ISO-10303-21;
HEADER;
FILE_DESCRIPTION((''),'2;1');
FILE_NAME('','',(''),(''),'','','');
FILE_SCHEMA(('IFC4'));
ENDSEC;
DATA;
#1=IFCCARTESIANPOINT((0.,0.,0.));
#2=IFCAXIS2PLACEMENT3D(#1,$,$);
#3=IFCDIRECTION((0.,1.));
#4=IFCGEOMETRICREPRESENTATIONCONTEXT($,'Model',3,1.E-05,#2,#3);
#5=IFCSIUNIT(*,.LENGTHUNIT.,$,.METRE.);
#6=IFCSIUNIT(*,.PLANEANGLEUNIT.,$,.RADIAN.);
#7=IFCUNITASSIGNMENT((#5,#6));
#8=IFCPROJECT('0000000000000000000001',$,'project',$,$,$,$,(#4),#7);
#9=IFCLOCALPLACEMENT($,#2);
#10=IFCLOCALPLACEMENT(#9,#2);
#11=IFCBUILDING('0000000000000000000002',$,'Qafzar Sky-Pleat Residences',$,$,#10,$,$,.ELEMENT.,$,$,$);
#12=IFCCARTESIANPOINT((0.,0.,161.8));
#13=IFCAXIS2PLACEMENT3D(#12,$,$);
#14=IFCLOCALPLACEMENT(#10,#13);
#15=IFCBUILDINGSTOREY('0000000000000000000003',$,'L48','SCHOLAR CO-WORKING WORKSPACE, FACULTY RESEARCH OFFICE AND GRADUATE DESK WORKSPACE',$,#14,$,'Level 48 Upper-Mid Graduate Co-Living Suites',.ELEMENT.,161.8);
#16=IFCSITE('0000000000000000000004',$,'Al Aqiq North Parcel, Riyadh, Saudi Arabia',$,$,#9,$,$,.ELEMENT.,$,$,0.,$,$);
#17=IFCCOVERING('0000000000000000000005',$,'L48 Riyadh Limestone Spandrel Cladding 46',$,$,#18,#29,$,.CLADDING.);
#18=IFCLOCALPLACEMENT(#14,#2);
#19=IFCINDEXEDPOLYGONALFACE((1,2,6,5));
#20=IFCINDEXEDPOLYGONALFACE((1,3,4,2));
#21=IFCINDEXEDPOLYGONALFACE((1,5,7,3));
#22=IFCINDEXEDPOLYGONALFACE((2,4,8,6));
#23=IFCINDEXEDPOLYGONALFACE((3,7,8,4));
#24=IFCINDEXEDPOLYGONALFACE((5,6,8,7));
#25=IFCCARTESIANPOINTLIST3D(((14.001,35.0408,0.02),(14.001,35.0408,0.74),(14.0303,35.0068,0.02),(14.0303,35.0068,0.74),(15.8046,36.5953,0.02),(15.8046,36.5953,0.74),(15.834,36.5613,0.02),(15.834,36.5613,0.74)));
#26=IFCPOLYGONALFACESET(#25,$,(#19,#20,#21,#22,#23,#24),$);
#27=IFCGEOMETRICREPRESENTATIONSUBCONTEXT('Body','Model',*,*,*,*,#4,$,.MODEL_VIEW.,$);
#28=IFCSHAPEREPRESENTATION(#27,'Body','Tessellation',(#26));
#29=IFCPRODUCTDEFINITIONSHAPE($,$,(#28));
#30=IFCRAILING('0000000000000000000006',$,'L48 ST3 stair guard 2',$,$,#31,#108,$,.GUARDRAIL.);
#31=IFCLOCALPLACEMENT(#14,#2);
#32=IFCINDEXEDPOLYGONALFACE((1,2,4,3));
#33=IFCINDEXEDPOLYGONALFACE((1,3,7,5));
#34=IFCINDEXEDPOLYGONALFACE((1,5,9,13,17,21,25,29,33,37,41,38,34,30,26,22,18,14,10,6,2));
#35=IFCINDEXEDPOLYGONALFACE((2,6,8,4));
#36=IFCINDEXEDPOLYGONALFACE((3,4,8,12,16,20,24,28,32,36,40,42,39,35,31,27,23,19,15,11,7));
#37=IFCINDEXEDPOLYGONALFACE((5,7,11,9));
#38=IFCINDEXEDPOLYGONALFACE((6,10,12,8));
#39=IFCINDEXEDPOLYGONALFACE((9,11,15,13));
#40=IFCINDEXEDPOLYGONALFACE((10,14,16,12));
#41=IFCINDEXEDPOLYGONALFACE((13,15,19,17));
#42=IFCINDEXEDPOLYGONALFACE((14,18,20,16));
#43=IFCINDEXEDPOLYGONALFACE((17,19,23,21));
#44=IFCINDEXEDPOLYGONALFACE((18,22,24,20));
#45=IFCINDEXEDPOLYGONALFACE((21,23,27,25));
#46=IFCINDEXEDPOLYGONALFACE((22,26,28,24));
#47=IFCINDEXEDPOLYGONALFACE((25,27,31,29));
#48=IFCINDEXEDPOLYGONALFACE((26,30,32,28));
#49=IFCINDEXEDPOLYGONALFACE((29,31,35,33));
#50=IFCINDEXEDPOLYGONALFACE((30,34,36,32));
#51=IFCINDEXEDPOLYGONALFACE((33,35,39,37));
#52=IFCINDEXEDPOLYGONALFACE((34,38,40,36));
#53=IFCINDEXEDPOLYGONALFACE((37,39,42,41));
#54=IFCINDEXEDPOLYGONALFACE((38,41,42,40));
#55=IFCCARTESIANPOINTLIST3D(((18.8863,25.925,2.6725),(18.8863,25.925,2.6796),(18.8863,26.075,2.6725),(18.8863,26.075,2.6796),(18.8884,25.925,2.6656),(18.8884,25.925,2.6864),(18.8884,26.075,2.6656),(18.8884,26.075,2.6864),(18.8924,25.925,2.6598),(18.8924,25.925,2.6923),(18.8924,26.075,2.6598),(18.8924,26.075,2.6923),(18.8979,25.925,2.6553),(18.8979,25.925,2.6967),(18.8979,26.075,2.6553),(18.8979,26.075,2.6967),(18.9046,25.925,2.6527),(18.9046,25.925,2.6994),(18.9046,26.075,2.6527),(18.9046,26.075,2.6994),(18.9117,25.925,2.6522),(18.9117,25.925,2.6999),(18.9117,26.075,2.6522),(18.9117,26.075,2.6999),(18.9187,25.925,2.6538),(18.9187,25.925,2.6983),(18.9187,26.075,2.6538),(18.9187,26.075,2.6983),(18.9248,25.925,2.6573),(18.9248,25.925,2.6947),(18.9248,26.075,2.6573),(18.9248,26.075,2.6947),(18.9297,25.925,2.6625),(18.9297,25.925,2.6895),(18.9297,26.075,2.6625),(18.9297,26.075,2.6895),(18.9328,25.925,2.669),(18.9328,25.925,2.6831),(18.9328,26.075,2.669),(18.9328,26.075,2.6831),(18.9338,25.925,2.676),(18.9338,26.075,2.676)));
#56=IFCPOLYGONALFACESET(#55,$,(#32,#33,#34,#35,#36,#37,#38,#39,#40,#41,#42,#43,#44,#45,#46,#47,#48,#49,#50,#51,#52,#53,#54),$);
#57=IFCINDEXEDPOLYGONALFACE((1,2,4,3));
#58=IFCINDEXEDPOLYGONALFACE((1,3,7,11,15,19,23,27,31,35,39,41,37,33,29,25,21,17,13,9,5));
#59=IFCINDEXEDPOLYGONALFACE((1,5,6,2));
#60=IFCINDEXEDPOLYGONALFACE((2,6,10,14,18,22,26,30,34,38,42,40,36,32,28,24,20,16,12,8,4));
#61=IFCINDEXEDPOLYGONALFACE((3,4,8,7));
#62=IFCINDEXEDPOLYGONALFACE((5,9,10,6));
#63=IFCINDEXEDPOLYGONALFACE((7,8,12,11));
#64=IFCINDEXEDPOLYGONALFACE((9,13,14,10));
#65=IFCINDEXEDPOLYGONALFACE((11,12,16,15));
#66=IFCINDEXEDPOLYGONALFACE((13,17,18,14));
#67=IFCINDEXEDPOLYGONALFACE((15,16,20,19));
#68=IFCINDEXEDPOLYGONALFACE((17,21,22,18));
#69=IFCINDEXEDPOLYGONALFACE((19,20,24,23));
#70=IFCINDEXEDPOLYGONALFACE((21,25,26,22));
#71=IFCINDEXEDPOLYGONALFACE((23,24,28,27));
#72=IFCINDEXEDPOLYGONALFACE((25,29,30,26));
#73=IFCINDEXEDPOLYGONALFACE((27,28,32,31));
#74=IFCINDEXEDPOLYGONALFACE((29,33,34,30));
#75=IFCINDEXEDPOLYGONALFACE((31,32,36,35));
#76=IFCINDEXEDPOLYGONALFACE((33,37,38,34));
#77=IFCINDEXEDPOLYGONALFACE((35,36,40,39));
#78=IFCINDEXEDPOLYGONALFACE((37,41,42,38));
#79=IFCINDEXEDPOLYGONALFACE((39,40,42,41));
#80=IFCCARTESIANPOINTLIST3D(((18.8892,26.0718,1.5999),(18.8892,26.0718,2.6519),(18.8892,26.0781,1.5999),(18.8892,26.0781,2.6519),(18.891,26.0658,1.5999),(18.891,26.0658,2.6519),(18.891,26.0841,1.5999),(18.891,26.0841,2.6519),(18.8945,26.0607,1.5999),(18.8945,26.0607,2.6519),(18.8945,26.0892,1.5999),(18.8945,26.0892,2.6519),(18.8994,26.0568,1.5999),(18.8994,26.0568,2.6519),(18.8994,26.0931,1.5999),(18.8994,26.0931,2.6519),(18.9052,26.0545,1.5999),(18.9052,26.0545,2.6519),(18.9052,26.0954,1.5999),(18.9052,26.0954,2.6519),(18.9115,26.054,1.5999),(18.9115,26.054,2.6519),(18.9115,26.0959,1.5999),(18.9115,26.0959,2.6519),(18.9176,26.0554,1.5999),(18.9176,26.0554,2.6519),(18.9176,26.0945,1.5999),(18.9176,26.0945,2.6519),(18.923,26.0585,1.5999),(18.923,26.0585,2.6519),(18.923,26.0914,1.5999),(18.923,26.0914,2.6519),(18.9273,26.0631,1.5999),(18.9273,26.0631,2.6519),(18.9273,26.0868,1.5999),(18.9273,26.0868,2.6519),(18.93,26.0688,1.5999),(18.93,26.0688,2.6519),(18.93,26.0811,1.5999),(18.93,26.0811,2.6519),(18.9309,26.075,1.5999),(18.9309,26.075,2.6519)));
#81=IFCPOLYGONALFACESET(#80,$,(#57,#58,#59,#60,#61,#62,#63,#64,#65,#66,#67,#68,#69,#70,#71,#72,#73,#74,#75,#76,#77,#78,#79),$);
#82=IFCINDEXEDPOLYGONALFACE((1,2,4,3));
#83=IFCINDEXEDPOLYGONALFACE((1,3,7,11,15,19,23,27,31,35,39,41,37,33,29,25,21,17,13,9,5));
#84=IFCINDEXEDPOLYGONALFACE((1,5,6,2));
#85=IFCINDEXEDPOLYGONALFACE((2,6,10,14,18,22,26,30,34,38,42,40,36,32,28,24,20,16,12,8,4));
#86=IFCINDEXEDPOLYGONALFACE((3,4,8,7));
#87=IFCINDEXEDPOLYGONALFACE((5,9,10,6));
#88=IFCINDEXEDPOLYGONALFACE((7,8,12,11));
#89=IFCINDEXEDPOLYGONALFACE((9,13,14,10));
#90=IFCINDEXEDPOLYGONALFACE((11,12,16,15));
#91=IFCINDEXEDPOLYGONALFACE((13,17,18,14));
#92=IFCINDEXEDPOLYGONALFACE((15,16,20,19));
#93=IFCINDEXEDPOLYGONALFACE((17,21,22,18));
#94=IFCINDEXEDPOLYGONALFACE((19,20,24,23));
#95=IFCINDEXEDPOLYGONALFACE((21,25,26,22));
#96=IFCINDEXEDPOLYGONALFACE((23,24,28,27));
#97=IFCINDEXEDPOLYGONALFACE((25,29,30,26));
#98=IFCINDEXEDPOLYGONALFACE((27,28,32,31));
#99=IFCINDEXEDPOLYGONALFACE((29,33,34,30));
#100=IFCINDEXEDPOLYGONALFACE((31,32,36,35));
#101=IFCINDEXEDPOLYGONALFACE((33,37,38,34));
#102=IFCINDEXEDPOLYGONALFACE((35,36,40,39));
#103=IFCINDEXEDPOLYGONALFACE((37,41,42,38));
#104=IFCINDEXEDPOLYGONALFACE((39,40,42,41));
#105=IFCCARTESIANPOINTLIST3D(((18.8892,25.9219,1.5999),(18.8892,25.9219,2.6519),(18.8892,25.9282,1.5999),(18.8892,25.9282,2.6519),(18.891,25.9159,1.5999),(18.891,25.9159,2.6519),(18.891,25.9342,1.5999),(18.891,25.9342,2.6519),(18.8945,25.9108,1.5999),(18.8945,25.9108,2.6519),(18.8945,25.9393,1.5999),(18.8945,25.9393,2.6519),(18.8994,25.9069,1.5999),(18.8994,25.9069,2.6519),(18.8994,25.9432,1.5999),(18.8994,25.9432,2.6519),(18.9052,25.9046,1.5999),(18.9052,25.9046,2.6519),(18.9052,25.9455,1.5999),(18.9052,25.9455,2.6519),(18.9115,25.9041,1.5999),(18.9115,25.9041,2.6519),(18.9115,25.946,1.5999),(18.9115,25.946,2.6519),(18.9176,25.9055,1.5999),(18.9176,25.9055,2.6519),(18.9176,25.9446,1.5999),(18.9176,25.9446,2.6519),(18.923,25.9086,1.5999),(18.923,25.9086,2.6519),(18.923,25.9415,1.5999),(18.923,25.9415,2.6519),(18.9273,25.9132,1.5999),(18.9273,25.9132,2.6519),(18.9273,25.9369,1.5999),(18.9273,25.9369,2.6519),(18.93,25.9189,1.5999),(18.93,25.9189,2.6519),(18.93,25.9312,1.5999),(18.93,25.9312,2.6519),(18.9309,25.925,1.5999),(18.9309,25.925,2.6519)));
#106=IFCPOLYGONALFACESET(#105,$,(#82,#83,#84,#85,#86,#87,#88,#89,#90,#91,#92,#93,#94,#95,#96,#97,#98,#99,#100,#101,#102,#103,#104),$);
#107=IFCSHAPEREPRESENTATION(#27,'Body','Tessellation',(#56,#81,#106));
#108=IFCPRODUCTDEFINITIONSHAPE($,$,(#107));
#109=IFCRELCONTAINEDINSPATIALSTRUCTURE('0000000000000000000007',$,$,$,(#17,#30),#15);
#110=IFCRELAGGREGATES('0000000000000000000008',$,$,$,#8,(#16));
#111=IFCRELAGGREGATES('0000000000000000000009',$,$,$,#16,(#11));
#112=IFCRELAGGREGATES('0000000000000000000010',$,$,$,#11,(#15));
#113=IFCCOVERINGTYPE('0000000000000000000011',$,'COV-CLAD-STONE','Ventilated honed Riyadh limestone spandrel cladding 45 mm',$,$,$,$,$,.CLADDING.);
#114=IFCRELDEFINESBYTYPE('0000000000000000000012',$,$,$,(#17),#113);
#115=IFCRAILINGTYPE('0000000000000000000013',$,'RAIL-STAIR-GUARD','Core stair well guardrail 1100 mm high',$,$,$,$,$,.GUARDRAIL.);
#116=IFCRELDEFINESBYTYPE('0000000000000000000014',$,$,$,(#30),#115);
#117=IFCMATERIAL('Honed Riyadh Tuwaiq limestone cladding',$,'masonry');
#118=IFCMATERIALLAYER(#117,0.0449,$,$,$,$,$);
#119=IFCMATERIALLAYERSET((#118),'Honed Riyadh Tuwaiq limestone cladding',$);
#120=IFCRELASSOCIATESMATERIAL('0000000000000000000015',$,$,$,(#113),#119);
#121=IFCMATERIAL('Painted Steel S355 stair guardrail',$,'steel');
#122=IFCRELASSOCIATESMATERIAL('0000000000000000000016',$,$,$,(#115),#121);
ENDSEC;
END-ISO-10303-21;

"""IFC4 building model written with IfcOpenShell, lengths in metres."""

from ifc_helpers import new_model, si_unit, direction, frame, origin, origin_2d, place, context, subcontext, project, spatial, rectangle, circle, extrude, source, transform, mapped, material, layer, layer_set, type_object, element, save


model = new_model("IFC4")

# Units and contexts
model_context = context("Model", 3, precision=1e-05, world=origin(), true_north=direction((0.0, 1.0)))
body_context = subcontext(model_context, "Body", "Model", "MODEL_VIEW")
ifc_project = project(units=[si_unit("LENGTHUNIT", "METRE"), si_unit("PLANEANGLEUNIT", "RADIAN")], contexts=[model_context])

# Site, building, storey
site_placement = place(None, origin())
site = spatial("IfcSite", under=ifc_project, at=site_placement, Name="Al Aqiq North Parcel, Riyadh, Saudi Arabia", CompositionType="ELEMENT", RefElevation=0.0)
building_placement = place(site_placement, origin())
building = spatial("IfcBuilding", under=site, at=building_placement, Name="Qafzar Sky-Pleat Residences", CompositionType="ELEMENT")
storey_placement = place(building_placement, frame((0.0, 0.0, 161.8)))
storey = spatial("IfcBuildingStorey", under=building, at=storey_placement, Name="L48", Description="SCHOLAR CO-WORKING WORKSPACE, FACULTY RESEARCH OFFICE AND GRADUATE DESK WORKSPACE", LongName="Level 48 Upper-Mid Graduate Co-Living Suites", CompositionType="ELEMENT", Elevation=161.8)

# Covering
ifc_material_1 = material(Name="Honed Riyadh Tuwaiq limestone cladding", Category="masonry")
ifc_layer_1 = layer(ifc_material_1, 0.0449)
ifc_layer_set_1 = layer_set([ifc_layer_1], Name="Honed Riyadh Tuwaiq limestone cladding")
covering_type = type_object("IfcCoveringType", Name="COV-CLAD-STONE", Description="Ventilated honed Riyadh limestone spandrel cladding 45 mm", PredefinedType="CLADDING", material=ifc_layer_set_1)
shared_shape_1 = source(origin(), body_context, "Body", "SweptSolid", [
    extrude(rectangle(XDim=2.3811, YDim=0.0449, at=origin_2d()), origin(), (0.0, 0.0, 1.0), 0.72),
])
covering_placement = place(storey_placement, frame((14.9175, 35.801, 0.02), z_axis=(0.0, 0.0, 1.0), x_axis=(-0.757482, -0.652856, 0.0)))
element("IfcCovering", 1, at=covering_placement, inside=storey, type_object=covering_type, Name="L48 Riyadh Limestone Spandrel Cladding 46", PredefinedType="CLADDING", context=body_context, shape_type="MappedRepresentation", body=[
    mapped(shared_shape_1, transform((0.0, 0.0, 0.0), x_axis=(1.0, 0.0, 0.0), y_axis=(0.0, 1.0, 0.0), z_axis=(0.0, 0.0, 1.0), scale=1.0)),
])

# Railing
ifc_material_2 = material(Name="Painted Steel S355 stair guardrail", Category="steel")
railing_type = type_object("IfcRailingType", Name="RAIL-STAIR-GUARD", Description="Core stair well guardrail 1100 mm high", PredefinedType="GUARDRAIL", material=ifc_material_2)
shared_shape_2 = source(origin(), body_context, "Body", "SweptSolid", [
    extrude(circle(Radius=0.0239, at=origin_2d()), frame((0.0, 0.0, 1.0762), z_axis=(0.0, -1.0, 0.0), x_axis=(1.0, 0.0, 0.0)), (0.0, 0.0, 1.0), 0.1499),
    extrude(circle(Radius=0.021, at=origin_2d()), origin(), (0.0, 0.0, 1.0), 1.052),
    extrude(circle(Radius=0.021, at=origin_2d()), frame((0.0, -0.1499, 0.0)), (0.0, 0.0, 1.0), 1.052),
])
railing_1_placement = place(storey_placement, frame((18.9099, 26.075, 1.5999)))
element("IfcRailing", 2, at=railing_1_placement, inside=storey, type_object=railing_type, Name="L48 ST3 stair guard 2", PredefinedType="GUARDRAIL", context=body_context, shape_type="MappedRepresentation", body=[
    mapped(shared_shape_2, transform((0.0, 0.0, 0.0), x_axis=(1.0, 0.0, 0.0), y_axis=(0.0, 1.0, 0.0), z_axis=(0.0, 0.0, 1.0), scale=1.0)),
])

save(model, "model.ifc")
